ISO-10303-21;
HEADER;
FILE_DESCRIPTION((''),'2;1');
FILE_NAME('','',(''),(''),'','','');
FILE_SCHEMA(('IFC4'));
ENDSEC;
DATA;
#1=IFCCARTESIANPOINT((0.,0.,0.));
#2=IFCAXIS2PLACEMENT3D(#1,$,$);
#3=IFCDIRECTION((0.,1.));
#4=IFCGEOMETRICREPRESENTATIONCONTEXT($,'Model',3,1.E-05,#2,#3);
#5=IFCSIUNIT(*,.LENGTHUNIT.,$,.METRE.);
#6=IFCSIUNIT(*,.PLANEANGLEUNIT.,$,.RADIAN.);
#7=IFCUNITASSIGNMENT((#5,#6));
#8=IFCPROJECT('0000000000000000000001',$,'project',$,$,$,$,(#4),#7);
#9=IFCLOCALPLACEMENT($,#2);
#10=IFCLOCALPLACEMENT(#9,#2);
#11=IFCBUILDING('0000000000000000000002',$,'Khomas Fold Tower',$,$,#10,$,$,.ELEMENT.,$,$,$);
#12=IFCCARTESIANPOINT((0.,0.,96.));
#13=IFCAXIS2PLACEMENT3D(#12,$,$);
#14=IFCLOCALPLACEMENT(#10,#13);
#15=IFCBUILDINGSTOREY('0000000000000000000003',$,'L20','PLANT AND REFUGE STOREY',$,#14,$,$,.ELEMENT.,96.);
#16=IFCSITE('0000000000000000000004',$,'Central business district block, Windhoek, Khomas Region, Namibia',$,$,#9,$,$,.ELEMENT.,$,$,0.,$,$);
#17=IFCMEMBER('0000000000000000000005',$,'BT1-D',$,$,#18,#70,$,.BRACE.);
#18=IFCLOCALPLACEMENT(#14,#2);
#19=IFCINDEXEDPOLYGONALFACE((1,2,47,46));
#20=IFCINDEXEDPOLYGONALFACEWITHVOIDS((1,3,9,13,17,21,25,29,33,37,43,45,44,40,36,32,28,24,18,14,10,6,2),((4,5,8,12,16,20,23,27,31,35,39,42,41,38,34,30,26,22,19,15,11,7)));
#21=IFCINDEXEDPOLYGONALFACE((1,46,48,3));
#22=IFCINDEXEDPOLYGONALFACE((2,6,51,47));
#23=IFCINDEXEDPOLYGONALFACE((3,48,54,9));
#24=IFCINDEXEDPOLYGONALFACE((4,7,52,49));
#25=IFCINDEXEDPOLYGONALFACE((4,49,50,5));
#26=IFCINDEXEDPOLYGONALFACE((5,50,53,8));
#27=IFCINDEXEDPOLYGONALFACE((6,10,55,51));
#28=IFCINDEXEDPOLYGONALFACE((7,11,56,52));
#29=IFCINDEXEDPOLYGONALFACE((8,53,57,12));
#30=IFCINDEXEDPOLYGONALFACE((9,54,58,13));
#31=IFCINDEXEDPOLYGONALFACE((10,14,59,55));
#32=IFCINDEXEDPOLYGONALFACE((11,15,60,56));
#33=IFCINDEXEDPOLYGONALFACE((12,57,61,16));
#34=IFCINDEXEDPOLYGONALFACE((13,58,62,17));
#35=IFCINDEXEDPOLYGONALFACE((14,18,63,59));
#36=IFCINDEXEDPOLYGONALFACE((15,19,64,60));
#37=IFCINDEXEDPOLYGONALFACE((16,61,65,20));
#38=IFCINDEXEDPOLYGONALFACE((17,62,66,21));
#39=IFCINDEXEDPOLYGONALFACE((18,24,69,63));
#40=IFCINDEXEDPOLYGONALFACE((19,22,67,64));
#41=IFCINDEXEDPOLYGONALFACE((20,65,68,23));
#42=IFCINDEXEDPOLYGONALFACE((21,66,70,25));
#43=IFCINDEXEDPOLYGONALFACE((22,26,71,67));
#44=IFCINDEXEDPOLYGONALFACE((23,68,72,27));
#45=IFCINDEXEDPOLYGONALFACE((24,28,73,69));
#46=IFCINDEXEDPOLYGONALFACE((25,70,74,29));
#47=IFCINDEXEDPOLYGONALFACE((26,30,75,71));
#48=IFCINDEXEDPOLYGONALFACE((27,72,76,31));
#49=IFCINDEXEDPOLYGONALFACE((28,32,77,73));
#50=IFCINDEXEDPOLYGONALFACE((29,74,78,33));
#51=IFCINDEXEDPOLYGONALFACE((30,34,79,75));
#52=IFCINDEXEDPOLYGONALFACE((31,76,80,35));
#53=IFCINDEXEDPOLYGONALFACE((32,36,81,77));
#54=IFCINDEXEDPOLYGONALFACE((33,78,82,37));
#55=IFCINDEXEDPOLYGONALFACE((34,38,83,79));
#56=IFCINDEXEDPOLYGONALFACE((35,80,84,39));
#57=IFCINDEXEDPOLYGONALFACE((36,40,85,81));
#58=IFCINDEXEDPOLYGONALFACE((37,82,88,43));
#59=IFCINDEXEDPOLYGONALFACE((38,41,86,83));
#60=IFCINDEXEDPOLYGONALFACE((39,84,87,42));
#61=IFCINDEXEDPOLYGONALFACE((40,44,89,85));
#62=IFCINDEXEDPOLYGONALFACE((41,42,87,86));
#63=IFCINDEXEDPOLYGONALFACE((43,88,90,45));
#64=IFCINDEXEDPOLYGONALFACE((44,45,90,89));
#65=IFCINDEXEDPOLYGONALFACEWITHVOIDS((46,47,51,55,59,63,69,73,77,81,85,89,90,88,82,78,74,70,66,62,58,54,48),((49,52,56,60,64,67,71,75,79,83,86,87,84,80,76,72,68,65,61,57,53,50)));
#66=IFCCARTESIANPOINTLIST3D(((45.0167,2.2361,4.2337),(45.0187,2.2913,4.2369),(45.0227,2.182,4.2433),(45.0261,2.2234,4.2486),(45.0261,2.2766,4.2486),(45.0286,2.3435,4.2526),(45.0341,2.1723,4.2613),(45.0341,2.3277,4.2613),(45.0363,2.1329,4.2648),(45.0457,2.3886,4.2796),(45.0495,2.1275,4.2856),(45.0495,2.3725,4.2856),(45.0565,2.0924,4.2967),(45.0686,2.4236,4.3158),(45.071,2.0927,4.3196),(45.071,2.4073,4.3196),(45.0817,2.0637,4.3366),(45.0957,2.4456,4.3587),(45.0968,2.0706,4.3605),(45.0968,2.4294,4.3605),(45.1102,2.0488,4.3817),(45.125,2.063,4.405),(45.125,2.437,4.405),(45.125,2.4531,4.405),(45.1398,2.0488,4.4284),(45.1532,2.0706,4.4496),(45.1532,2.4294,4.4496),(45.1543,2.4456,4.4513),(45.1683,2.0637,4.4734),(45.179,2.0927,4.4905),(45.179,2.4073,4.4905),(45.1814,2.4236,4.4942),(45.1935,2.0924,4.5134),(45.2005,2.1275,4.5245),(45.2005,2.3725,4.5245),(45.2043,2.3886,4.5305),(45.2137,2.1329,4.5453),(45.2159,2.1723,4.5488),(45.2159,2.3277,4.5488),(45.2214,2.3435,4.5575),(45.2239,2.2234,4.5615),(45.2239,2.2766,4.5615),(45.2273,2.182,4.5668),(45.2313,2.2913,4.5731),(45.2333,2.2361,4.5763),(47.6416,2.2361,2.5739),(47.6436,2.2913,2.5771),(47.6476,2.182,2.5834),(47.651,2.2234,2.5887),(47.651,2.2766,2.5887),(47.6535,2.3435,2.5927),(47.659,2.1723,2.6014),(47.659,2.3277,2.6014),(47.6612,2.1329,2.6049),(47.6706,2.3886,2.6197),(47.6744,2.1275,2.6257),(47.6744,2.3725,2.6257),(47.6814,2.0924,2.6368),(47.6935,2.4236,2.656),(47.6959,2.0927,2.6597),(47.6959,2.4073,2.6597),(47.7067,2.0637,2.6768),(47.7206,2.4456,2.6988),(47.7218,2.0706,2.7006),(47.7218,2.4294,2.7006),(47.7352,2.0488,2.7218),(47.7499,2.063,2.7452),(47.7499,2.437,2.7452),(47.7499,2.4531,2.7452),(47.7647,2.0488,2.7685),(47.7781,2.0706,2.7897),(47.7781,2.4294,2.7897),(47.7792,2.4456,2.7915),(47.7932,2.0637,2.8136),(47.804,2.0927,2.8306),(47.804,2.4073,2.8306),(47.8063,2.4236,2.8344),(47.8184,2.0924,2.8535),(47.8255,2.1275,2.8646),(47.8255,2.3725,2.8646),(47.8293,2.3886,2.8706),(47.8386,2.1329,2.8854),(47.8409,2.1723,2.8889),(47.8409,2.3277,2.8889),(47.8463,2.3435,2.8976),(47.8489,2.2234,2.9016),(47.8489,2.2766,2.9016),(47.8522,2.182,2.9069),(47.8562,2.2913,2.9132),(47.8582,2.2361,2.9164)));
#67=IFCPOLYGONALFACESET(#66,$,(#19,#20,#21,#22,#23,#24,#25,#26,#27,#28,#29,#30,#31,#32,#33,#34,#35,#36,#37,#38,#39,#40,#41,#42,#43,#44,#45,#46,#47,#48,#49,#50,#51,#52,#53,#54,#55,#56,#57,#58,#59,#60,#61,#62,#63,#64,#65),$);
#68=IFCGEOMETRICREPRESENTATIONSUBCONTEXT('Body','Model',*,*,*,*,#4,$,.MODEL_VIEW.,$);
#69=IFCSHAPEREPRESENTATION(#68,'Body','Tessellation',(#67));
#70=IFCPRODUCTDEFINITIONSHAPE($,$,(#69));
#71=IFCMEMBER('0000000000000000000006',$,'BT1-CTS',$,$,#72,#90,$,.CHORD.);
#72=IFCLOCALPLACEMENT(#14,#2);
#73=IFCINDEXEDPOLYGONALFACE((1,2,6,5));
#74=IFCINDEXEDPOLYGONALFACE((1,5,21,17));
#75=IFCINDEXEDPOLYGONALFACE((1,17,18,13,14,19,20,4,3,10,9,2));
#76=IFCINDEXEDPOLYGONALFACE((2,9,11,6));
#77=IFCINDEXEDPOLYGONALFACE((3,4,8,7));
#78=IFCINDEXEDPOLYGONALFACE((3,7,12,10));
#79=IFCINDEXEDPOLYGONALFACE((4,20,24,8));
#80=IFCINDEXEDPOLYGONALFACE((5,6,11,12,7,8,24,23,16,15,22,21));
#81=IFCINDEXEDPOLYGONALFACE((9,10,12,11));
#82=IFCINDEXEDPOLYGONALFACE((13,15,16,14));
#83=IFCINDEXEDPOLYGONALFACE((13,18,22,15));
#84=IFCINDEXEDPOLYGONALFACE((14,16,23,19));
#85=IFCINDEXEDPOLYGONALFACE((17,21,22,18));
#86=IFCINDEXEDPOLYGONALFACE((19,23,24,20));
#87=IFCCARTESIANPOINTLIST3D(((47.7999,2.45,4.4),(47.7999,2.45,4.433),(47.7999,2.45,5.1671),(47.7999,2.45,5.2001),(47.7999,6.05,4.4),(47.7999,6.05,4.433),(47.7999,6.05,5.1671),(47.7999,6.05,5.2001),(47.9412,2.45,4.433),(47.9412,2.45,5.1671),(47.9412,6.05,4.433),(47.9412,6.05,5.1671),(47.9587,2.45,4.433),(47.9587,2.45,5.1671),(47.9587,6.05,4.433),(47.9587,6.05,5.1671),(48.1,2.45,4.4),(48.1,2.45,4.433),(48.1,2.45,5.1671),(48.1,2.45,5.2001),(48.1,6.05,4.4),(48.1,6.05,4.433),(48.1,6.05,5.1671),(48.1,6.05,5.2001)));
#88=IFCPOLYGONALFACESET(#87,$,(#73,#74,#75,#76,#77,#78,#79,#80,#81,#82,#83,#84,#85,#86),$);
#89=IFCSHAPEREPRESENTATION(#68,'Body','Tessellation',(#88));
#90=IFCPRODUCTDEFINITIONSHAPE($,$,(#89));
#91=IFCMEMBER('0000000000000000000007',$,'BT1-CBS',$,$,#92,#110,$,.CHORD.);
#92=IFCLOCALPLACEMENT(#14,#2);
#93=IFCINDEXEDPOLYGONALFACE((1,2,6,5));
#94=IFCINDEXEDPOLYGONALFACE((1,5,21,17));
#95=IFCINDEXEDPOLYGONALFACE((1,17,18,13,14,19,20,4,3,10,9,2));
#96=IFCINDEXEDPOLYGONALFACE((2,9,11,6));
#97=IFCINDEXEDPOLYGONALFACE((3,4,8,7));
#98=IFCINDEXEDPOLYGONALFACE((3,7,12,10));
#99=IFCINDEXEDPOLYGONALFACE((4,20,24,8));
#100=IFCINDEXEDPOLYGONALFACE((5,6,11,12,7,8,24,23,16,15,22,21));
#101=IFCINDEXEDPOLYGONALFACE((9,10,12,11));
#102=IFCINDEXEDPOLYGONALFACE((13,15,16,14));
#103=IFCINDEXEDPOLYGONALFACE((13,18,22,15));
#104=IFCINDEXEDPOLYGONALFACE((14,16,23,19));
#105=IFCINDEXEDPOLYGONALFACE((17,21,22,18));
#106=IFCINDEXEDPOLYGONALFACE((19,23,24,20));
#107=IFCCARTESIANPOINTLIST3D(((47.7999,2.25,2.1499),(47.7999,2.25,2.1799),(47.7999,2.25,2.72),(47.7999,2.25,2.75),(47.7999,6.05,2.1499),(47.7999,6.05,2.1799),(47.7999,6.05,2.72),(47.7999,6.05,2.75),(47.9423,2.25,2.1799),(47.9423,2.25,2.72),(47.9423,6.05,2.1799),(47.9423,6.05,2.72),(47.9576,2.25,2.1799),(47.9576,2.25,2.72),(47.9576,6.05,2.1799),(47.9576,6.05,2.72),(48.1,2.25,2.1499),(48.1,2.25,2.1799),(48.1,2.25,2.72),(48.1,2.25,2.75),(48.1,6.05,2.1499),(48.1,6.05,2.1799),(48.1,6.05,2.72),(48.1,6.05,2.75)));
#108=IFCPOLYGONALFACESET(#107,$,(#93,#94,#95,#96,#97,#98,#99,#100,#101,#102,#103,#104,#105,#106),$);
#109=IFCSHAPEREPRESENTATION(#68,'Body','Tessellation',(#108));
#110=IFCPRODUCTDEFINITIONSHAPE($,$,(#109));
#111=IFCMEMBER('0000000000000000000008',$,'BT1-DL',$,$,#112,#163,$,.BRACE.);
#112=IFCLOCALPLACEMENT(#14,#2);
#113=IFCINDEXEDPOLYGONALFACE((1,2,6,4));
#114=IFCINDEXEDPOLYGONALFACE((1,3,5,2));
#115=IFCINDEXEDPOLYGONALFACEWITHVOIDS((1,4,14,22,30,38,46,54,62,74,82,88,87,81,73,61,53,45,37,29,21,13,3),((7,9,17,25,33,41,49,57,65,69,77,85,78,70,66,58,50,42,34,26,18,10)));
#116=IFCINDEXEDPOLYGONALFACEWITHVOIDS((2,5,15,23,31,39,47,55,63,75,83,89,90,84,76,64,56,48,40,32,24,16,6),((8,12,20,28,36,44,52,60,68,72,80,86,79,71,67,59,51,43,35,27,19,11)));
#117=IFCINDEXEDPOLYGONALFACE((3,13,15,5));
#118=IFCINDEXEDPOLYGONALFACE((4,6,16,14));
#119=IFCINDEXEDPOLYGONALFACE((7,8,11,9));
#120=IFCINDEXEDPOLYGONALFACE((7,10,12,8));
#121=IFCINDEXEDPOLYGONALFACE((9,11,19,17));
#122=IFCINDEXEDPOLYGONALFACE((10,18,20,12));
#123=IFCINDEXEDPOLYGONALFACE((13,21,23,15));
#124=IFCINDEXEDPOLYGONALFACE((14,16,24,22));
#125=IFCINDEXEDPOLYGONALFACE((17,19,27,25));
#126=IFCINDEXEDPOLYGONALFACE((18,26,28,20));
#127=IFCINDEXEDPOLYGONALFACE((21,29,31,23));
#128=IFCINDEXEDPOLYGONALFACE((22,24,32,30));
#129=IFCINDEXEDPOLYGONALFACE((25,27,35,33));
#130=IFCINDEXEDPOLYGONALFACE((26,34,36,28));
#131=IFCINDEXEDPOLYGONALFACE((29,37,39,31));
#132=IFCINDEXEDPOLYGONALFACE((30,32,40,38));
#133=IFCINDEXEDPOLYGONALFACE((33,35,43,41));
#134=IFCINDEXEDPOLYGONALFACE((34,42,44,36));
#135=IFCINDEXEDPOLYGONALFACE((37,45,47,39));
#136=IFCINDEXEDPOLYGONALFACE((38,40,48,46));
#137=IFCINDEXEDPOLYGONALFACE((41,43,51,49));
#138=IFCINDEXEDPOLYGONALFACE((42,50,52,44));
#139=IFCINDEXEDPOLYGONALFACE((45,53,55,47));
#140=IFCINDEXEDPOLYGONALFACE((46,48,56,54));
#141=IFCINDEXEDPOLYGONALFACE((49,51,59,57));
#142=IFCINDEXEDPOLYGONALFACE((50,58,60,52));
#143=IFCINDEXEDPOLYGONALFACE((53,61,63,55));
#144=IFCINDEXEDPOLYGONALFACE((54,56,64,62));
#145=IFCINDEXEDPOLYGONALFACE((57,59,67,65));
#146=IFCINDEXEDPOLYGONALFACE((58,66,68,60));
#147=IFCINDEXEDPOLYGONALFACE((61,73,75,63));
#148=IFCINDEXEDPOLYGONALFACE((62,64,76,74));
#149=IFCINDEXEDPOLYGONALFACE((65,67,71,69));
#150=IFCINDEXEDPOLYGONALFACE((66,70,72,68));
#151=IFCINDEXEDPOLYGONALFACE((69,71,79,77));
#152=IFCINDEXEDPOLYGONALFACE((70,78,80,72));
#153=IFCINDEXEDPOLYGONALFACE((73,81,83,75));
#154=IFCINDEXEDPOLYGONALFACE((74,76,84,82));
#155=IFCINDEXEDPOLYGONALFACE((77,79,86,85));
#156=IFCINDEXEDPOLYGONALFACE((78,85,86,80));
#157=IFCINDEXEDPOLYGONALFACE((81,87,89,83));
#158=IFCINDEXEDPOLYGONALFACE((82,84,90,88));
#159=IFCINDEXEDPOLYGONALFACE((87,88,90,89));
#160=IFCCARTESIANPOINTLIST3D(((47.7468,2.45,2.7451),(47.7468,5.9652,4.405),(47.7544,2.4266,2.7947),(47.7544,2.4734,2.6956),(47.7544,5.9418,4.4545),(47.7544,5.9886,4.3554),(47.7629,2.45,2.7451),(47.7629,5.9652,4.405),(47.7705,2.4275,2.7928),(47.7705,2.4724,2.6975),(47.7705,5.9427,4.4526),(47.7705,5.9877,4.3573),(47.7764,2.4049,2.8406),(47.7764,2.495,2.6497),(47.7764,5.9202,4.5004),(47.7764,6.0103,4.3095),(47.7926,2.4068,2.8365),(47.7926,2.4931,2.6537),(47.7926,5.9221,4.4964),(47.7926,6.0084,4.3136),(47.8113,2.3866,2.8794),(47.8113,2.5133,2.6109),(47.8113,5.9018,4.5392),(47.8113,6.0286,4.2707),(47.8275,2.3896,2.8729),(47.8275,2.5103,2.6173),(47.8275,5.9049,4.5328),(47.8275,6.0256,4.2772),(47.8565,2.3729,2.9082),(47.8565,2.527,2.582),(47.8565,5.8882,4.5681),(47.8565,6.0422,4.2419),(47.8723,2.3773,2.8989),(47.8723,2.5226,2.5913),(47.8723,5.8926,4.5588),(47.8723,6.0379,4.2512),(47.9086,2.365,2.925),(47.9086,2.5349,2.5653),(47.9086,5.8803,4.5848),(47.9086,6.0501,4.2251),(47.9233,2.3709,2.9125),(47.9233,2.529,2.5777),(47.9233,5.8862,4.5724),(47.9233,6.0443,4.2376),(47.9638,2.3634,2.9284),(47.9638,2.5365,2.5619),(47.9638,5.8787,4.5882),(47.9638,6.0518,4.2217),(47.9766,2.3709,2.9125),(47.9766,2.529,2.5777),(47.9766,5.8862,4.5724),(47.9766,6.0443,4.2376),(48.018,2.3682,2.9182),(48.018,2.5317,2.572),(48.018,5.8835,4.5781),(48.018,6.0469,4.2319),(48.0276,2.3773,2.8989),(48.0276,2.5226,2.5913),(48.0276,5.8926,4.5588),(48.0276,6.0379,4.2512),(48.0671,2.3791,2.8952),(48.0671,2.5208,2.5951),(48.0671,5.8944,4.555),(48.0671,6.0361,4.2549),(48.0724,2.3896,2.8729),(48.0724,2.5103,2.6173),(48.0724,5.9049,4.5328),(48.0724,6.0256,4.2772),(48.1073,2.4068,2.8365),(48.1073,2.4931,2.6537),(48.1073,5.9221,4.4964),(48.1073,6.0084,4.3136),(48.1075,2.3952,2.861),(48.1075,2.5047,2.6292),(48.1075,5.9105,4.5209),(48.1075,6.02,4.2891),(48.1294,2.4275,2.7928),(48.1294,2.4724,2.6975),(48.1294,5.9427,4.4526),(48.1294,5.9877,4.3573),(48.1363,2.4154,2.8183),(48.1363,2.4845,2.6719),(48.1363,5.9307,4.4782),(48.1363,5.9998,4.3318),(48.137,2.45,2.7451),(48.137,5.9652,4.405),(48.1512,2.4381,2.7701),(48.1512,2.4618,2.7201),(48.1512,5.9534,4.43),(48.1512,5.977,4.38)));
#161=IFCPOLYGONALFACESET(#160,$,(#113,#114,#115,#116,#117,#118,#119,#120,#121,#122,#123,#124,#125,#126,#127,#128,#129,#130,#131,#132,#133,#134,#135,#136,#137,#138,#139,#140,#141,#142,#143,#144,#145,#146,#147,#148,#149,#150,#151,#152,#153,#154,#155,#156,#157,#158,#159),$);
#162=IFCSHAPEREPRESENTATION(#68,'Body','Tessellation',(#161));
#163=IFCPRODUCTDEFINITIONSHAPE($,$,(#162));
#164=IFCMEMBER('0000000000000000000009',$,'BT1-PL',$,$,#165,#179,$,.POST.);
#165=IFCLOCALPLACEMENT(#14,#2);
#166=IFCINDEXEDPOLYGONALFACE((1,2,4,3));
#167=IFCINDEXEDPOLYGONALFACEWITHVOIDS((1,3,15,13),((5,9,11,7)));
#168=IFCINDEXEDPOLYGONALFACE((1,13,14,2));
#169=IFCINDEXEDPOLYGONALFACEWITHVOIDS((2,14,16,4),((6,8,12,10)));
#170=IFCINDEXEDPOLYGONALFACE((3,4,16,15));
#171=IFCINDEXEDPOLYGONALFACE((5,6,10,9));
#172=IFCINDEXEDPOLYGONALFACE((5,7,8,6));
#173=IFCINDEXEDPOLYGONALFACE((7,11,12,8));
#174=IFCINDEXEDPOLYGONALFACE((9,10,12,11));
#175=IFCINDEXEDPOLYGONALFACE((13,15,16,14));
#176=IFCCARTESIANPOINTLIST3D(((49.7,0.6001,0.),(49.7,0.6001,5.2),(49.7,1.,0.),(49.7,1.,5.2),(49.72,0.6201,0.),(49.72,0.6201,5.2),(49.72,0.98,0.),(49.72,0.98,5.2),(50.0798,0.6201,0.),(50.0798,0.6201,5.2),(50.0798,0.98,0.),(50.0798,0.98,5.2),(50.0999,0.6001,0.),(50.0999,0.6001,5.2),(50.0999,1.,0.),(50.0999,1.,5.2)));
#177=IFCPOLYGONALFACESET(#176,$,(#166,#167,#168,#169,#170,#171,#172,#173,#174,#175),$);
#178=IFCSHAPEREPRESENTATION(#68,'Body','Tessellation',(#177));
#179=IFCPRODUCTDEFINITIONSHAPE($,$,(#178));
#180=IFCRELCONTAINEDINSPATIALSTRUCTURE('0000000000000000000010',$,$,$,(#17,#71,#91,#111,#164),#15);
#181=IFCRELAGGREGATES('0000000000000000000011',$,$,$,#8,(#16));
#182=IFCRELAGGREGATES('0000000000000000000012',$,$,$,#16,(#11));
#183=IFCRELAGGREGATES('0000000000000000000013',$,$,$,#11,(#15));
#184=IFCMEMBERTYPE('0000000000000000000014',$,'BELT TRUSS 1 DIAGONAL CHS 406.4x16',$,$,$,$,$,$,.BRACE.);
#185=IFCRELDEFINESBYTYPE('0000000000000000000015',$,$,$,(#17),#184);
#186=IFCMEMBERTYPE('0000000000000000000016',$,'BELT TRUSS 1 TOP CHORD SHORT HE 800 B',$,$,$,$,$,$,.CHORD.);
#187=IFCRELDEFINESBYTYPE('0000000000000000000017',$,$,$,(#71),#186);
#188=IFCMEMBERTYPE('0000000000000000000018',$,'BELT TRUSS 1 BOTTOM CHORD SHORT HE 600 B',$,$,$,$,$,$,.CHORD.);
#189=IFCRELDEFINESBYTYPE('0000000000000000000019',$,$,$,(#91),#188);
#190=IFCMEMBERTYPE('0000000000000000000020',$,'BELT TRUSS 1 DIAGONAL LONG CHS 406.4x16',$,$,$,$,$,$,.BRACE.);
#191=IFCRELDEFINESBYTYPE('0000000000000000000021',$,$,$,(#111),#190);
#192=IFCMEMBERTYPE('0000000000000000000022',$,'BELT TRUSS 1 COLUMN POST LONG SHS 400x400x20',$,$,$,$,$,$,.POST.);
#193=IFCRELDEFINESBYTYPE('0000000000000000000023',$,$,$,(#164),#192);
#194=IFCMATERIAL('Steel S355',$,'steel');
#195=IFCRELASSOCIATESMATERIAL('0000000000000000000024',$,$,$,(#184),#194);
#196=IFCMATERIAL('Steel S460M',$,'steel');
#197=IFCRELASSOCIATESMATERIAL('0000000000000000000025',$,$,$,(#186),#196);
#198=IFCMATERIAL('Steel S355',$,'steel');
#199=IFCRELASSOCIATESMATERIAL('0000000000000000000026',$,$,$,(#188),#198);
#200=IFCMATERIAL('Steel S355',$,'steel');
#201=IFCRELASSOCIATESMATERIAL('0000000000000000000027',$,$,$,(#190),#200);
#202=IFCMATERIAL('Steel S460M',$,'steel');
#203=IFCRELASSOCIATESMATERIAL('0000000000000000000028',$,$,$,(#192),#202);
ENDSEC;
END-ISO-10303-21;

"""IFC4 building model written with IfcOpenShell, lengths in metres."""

from ifc_helpers import new_model, si_unit, direction, frame, origin, origin_2d, place, context, subcontext, project, spatial, hollow_rectangle, hollow_circle, i_section, extrude, source, transform, mapped, material, material_profile, profile_set, type_object, element, save


model = new_model("IFC4")

# Units and contexts
model_context = context("Model", 3, precision=1e-05, world=origin(), true_north=direction((0.0, 1.0)))
body_context = subcontext(model_context, "Body", "Model", "MODEL_VIEW")
ifc_project = project(units=[si_unit("LENGTHUNIT", "METRE"), si_unit("PLANEANGLEUNIT", "RADIAN")], contexts=[model_context])

# Site, building, storey
site_placement = place(None, origin())
site = spatial("IfcSite", under=ifc_project, at=site_placement, Name="Central business district block, Windhoek, Khomas Region, Namibia", CompositionType="ELEMENT", RefElevation=0.0)
building_placement = place(site_placement, origin())
building = spatial("IfcBuilding", under=site, at=building_placement, Name="Khomas Fold Tower", CompositionType="ELEMENT")
storey_placement = place(building_placement, frame((0.0, 0.0, 96.0)))
storey = spatial("IfcBuildingStorey", under=building, at=storey_placement, Name="L20", Description="PLANT AND REFUGE STOREY", CompositionType="ELEMENT", Elevation=96.0)

# Members
ifc_material_1 = material(Name="Steel S355", Category="steel")
ifc_material_profile_1 = material_profile(ifc_material_1, hollow_circle(Radius=0.2031, WallThickness=0.0161, at=origin_2d()), Name="CHS 406.4x16")
ifc_profile_set_1 = profile_set([ifc_material_profile_1], Name="Steel S355")
member_type_1 = type_object("IfcMemberType", Name="BELT TRUSS 1 DIAGONAL CHS 406.4x16", PredefinedType="BRACE", material=ifc_profile_set_1)
shared_shape_1 = source(origin(), body_context, "Body", "SweptSolid", [
    extrude(hollow_circle(Radius=0.2031, WallThickness=0.0161, at=origin_2d()), origin(), (0.0, 0.0, 1.0), 3.1057),
])
member_1_placement = place(storey_placement, frame((45.125, 2.25, 4.405), z_axis=(0.845196, 0.0, -0.534457), x_axis=(0.0, 1.0, 0.0)))
element("IfcMember", 1, at=member_1_placement, inside=storey, type_object=member_type_1, Name="BT1-D", PredefinedType="BRACE", context=body_context, shape_type="MappedRepresentation", body=[
    mapped(shared_shape_1, transform((0.0, 0.0, 0.0))),
])
ifc_material_2 = material(Name="Steel S460M", Category="steel")
ifc_material_profile_2 = material_profile(ifc_material_2, i_section(OverallWidth=0.3, OverallDepth=0.8, WebThickness=0.0176, FlangeThickness=0.033, at=origin_2d()), Name="HE 800 B")
ifc_profile_set_2 = profile_set([ifc_material_profile_2], Name="Steel S460M")
member_type_2 = type_object("IfcMemberType", Name="BELT TRUSS 1 TOP CHORD SHORT HE 800 B", PredefinedType="CHORD", material=ifc_profile_set_2)
shared_shape_2 = source(origin(), body_context, "Body", "SweptSolid", [
    extrude(i_section(OverallWidth=0.3, OverallDepth=0.8, WebThickness=0.0176, FlangeThickness=0.033, at=origin_2d()), origin(), (0.0, 0.0, 1.0), 3.6001),
])
member_2_placement = place(storey_placement, frame((47.95, 2.45, 4.8), z_axis=(0.0, 1.0, 0.0), x_axis=(-1.0, 0.0, 0.0)))
element("IfcMember", 2, at=member_2_placement, inside=storey, type_object=member_type_2, Name="BT1-CTS", PredefinedType="CHORD", context=body_context, shape_type="MappedRepresentation", body=[
    mapped(shared_shape_2, transform((0.0, 0.0, 0.0))),
])
ifc_material_3 = material(Name="Steel S355", Category="steel")
ifc_material_profile_3 = material_profile(ifc_material_3, i_section(OverallWidth=0.3, OverallDepth=0.6001, WebThickness=0.0154, FlangeThickness=0.03, at=origin_2d()), Name="HE 600 B")
ifc_profile_set_3 = profile_set([ifc_material_profile_3], Name="Steel S355")
member_type_3 = type_object("IfcMemberType", Name="BELT TRUSS 1 BOTTOM CHORD SHORT HE 600 B", PredefinedType="CHORD", material=ifc_profile_set_3)
shared_shape_3 = source(origin(), body_context, "Body", "SweptSolid", [
    extrude(i_section(OverallWidth=0.3, OverallDepth=0.6001, WebThickness=0.0154, FlangeThickness=0.03, at=origin_2d()), origin(), (0.0, 0.0, 1.0), 3.8),
])
member_3_placement = place(storey_placement, frame((47.95, 2.25, 2.45), z_axis=(0.0, 1.0, 0.0), x_axis=(-1.0, 0.0, 0.0)))
element("IfcMember", 3, at=member_3_placement, inside=storey, type_object=member_type_3, Name="BT1-CBS", PredefinedType="CHORD", context=body_context, shape_type="MappedRepresentation", body=[
    mapped(shared_shape_3, transform((0.0, 0.0, 0.0))),
])
ifc_material_4 = material(Name="Steel S355", Category="steel")
ifc_material_profile_4 = material_profile(ifc_material_4, hollow_circle(Radius=0.2031, WallThickness=0.0161, at=origin_2d()), Name="CHS 406.4x16")
ifc_profile_set_4 = profile_set([ifc_material_profile_4], Name="Steel S355")
member_type_4 = type_object("IfcMemberType", Name="BELT TRUSS 1 DIAGONAL LONG CHS 406.4x16", PredefinedType="BRACE", material=ifc_profile_set_4)
shared_shape_4 = source(origin(), body_context, "Body", "SweptSolid", [
    extrude(hollow_circle(Radius=0.2031, WallThickness=0.0161, at=origin_2d()), origin(), (0.0, 0.0, 1.0), 3.8875),
])
member_4_placement = place(storey_placement, frame((47.95, 2.45, 2.7451), z_axis=(0.0, 0.904261, 0.426979), x_axis=(-1.0, 0.0, 0.0)))
element("IfcMember", 4, at=member_4_placement, inside=storey, type_object=member_type_4, Name="BT1-DL", PredefinedType="BRACE", context=body_context, shape_type="MappedRepresentation", body=[
    mapped(shared_shape_4, transform((0.0, 0.0, 0.0))),
])
ifc_material_5 = material(Name="Steel S460M", Category="steel")
ifc_material_profile_5 = material_profile(ifc_material_5, hollow_rectangle(XDim=0.3999, YDim=0.3999, WallThickness=0.02, at=origin_2d()), Name="SHS 400x400x20")
ifc_profile_set_5 = profile_set([ifc_material_profile_5], Name="Steel S460M")
member_type_5 = type_object("IfcMemberType", Name="BELT TRUSS 1 COLUMN POST LONG SHS 400x400x20", PredefinedType="POST", material=ifc_profile_set_5)
shared_shape_5 = source(origin(), body_context, "Body", "SweptSolid", [
    extrude(hollow_rectangle(XDim=0.3999, YDim=0.3999, WallThickness=0.02, at=origin_2d()), origin(), (0.0, 0.0, 1.0), 5.2),
])
member_5_placement = place(storey_placement, frame((49.8999, 0.8, 0.0), z_axis=(0.0, 0.0, 1.0), x_axis=(1.0, 0.0, 0.0)))
element("IfcMember", 5, at=member_5_placement, inside=storey, type_object=member_type_5, Name="BT1-PL", PredefinedType="POST", context=body_context, shape_type="MappedRepresentation", body=[
    mapped(shared_shape_5, transform((0.0, 0.0, 0.0))),
])

save(model, "model.ifc")
